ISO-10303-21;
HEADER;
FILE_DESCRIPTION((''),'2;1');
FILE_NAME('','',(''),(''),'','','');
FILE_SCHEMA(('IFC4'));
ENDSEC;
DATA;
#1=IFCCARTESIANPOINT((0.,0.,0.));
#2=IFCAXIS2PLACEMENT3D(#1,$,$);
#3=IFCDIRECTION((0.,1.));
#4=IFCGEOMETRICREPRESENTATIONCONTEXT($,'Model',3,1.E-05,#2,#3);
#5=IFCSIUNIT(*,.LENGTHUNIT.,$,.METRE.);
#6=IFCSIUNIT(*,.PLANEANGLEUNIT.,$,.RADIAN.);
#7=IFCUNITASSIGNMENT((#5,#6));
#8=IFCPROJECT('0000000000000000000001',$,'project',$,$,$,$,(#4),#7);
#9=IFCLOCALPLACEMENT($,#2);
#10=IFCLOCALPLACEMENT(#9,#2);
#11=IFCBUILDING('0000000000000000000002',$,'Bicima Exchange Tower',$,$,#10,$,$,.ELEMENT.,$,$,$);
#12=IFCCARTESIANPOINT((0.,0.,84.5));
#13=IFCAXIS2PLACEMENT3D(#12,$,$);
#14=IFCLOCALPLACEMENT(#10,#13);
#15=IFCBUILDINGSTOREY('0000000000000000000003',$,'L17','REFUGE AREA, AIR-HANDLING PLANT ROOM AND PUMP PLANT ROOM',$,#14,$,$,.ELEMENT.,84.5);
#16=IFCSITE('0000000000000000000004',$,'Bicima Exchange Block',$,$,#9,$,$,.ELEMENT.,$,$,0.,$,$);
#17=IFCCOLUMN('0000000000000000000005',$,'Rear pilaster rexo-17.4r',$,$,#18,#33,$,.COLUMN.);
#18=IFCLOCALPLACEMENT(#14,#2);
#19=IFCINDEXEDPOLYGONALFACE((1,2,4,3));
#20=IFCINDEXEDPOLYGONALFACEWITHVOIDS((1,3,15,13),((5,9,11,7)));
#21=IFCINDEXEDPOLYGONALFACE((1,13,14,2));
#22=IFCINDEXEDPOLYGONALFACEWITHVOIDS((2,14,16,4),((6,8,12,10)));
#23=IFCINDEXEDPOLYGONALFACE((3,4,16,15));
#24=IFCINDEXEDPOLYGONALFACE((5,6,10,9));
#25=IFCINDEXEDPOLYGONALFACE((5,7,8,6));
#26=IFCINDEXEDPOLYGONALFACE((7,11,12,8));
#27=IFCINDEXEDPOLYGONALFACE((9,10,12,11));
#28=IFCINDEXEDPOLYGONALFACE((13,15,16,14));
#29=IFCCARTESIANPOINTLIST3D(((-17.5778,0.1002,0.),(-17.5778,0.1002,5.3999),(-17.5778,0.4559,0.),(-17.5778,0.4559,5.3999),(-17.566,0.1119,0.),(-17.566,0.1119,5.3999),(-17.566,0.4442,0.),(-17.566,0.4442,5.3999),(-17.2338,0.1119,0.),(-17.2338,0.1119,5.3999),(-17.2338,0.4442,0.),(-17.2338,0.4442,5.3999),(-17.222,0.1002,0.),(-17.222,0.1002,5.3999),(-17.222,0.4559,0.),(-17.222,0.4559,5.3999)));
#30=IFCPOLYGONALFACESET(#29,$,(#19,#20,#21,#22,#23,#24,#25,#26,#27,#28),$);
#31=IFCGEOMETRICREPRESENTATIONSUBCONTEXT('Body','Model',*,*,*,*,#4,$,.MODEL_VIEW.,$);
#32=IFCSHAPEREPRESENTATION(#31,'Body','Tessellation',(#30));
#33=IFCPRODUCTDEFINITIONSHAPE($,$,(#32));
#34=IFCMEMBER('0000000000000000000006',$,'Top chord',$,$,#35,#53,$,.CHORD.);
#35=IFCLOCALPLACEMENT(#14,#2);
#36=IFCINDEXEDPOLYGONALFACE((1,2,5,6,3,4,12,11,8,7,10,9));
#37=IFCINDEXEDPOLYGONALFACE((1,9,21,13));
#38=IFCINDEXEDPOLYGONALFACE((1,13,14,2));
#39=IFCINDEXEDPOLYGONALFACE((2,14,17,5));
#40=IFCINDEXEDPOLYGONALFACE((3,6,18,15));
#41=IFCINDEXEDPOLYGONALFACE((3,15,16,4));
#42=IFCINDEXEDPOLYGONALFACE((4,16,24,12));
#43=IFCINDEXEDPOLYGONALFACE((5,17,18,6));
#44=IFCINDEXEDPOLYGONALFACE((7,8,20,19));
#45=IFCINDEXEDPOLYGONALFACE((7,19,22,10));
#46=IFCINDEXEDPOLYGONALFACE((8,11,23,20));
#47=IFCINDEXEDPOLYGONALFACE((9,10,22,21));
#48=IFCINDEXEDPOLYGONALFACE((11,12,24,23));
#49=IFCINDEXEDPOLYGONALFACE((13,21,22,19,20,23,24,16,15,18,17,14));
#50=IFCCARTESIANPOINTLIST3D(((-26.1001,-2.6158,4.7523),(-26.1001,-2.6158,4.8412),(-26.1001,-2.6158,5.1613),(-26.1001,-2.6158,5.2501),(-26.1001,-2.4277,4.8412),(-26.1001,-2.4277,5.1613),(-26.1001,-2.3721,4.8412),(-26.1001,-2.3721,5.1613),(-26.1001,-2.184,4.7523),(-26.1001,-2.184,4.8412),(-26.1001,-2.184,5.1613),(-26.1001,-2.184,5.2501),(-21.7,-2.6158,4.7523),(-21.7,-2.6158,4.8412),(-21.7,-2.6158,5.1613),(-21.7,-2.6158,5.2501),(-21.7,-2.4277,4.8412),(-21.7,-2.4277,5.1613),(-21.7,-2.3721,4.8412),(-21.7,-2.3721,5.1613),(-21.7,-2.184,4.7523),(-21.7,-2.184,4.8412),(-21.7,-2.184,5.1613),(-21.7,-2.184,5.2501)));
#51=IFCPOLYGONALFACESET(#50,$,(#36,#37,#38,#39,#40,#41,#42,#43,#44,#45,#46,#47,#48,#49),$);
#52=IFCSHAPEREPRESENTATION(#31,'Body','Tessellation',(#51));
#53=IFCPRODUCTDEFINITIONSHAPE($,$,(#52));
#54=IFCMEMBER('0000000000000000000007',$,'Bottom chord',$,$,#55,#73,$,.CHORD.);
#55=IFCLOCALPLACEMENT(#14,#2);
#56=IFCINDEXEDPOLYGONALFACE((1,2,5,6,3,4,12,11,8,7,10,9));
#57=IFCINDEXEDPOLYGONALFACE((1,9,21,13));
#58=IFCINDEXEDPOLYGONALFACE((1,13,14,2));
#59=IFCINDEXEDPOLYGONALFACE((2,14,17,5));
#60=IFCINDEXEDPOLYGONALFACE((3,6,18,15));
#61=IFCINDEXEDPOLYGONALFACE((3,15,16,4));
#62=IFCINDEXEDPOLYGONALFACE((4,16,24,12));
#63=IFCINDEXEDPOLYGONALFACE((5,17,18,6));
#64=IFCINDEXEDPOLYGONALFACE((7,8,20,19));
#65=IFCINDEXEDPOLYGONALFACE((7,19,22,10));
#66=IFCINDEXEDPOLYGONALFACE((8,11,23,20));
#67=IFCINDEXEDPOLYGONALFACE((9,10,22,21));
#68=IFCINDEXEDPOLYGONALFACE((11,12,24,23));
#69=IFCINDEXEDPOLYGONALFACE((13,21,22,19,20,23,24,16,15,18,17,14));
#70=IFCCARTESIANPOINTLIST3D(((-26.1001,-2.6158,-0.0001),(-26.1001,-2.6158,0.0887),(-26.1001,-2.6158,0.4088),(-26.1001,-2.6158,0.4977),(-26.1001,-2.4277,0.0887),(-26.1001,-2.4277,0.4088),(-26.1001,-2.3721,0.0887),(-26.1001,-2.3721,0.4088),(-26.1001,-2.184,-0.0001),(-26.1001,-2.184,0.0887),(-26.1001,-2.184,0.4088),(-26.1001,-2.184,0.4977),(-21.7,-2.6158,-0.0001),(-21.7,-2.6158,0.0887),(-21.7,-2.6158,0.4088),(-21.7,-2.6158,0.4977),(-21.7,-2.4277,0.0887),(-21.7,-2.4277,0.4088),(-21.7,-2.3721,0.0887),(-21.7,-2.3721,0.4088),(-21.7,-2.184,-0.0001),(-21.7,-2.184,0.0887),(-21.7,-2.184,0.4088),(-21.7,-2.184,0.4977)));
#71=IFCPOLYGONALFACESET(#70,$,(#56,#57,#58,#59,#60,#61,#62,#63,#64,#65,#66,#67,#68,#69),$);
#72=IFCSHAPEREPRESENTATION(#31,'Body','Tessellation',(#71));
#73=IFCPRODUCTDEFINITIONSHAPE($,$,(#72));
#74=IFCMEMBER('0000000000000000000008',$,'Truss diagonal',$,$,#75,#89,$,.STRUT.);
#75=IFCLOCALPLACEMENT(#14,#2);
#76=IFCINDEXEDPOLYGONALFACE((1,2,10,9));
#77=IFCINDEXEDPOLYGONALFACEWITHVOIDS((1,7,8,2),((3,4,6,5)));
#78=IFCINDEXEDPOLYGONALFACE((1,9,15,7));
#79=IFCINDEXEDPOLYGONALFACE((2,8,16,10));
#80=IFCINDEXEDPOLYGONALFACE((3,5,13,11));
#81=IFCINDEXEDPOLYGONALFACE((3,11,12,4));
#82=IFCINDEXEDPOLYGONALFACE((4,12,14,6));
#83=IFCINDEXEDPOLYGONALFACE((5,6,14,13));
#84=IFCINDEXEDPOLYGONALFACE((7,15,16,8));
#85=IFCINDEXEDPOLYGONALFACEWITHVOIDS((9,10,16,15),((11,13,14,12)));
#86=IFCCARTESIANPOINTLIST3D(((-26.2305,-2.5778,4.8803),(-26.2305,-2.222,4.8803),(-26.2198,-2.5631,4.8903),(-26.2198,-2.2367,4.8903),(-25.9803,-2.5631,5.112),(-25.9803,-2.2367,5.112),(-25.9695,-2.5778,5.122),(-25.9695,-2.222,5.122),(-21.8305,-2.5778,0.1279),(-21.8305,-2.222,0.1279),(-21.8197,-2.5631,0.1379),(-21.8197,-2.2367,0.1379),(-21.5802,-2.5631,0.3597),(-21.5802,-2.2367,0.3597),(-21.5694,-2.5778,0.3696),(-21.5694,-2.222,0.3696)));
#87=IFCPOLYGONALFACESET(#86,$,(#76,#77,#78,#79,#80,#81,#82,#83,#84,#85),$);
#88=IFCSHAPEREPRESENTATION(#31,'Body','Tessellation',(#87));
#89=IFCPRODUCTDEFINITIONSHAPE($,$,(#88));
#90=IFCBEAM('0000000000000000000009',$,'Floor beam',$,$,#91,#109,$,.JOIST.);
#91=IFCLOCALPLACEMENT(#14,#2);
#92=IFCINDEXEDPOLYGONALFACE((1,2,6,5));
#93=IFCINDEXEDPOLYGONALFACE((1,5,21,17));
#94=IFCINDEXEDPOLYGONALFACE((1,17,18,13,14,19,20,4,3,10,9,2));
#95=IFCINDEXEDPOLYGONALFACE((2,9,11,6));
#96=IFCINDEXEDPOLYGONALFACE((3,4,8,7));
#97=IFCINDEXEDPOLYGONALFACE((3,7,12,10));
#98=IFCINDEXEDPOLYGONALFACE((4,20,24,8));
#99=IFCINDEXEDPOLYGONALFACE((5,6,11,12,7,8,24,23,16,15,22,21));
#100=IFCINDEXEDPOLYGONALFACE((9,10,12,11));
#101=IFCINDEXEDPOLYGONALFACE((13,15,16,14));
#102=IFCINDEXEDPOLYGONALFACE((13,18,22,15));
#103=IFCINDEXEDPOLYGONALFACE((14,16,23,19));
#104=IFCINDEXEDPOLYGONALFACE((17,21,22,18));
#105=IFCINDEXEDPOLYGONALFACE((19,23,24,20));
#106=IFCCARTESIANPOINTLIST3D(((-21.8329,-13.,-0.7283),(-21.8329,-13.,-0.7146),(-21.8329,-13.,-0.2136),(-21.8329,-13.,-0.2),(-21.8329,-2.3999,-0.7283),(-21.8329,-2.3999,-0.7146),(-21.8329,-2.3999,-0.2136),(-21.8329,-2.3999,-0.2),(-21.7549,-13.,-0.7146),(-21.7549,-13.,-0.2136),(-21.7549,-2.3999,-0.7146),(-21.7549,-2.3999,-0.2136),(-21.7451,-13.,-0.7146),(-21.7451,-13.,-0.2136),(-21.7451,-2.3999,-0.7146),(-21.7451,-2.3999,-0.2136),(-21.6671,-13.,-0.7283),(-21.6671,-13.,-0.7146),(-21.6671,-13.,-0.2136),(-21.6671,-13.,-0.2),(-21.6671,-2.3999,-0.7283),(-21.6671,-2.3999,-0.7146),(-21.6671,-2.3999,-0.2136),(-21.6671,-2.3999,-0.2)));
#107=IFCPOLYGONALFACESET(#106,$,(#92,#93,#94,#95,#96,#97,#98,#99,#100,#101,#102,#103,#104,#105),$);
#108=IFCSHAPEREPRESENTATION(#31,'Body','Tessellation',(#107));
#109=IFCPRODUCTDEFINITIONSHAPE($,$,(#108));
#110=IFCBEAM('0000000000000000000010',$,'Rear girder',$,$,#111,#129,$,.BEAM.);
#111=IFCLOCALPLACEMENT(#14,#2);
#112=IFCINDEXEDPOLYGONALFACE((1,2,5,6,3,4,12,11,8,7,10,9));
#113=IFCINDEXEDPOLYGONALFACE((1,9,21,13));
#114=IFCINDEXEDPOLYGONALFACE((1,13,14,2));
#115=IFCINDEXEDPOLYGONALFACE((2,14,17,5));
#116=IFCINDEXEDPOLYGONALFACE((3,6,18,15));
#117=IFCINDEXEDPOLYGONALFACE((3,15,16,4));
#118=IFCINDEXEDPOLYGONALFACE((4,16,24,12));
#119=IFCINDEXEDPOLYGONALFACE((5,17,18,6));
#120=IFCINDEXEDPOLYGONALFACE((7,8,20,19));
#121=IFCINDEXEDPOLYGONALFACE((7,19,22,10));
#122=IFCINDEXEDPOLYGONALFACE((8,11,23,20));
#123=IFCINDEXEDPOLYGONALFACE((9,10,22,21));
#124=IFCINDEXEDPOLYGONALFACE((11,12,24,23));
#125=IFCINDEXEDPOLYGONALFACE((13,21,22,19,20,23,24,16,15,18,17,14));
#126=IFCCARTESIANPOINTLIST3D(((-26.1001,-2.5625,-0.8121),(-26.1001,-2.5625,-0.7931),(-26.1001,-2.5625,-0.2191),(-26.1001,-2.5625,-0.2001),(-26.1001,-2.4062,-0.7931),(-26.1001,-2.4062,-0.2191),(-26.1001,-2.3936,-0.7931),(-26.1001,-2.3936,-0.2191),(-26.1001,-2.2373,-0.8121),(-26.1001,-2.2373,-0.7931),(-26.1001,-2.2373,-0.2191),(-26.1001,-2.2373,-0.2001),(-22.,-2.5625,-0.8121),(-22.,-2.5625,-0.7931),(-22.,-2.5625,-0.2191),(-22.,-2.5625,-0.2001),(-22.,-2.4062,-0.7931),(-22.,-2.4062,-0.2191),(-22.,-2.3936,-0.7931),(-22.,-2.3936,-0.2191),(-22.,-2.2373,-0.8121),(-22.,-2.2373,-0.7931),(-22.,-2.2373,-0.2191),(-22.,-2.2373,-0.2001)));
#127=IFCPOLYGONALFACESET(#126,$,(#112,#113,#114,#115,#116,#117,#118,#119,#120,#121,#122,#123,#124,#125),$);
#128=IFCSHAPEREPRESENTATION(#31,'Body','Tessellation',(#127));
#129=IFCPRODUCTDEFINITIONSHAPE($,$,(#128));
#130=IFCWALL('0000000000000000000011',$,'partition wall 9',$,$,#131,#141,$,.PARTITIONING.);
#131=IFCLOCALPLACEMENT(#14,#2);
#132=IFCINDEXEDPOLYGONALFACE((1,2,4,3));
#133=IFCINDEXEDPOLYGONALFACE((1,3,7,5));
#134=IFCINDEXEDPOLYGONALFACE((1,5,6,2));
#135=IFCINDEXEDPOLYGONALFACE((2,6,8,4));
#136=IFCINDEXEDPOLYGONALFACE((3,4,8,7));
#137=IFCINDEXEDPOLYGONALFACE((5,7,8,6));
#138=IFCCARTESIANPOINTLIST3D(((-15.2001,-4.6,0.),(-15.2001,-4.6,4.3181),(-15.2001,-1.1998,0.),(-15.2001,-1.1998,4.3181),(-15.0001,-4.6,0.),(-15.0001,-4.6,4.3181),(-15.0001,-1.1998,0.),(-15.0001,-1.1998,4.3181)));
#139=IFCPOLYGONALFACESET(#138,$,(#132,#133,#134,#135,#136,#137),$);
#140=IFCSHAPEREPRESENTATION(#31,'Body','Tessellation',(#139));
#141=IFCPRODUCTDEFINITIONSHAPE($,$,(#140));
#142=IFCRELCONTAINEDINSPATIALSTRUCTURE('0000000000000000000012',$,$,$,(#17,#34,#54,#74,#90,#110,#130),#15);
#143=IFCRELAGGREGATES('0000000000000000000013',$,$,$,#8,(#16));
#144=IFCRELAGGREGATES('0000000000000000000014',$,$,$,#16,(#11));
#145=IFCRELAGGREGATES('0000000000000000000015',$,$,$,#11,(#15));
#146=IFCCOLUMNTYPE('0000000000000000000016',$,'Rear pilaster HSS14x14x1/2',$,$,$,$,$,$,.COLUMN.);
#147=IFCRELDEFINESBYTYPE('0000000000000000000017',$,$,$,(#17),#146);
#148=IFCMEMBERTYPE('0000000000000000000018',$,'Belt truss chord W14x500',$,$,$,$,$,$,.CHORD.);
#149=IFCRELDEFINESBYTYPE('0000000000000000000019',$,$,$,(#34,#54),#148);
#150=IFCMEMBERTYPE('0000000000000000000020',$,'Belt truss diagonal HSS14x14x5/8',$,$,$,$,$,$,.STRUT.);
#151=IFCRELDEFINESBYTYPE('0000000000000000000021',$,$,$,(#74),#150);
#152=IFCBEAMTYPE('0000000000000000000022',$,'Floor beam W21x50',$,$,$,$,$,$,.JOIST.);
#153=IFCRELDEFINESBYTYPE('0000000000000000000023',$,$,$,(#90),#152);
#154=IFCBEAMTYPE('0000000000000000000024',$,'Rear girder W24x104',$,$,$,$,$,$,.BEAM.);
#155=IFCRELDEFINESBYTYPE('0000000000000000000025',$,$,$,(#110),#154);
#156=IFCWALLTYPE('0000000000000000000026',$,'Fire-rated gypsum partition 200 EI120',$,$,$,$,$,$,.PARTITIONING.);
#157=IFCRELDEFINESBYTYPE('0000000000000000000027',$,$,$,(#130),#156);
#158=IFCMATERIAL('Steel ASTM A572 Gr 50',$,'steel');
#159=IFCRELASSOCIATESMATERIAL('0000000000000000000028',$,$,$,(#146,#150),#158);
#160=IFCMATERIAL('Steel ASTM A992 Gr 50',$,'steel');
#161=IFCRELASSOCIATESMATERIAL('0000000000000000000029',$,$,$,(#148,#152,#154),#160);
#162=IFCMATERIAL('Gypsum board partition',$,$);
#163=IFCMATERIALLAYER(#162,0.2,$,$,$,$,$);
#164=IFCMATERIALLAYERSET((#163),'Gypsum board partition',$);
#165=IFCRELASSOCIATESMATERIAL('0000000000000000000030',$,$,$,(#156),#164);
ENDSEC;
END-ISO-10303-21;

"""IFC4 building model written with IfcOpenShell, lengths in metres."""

from ifc_helpers import new_model, si_unit, direction, frame, frame_2d, origin, origin_2d, place, context, subcontext, project, spatial, rectangle, hollow_rectangle, i_section, extrude, material, layer, layer_set, material_profile, profile_set, type_object, element, save


model = new_model("IFC4")

# Units and contexts
model_context = context("Model", 3, precision=1e-05, world=origin(), true_north=direction((0.0, 1.0)))
body_context = subcontext(model_context, "Body", "Model", "MODEL_VIEW")
ifc_project = project(units=[si_unit("LENGTHUNIT", "METRE"), si_unit("PLANEANGLEUNIT", "RADIAN")], contexts=[model_context])

# Site, building, storey
site_placement = place(None, origin())
site = spatial("IfcSite", under=ifc_project, at=site_placement, Name="Bicima Exchange Block", CompositionType="ELEMENT", RefElevation=0.0)
building_placement = place(site_placement, origin())
building = spatial("IfcBuilding", under=site, at=building_placement, Name="Bicima Exchange Tower", CompositionType="ELEMENT")
storey_placement = place(building_placement, frame((0.0, 0.0, 84.5)))
storey = spatial("IfcBuildingStorey", under=building, at=storey_placement, Name="L17", Description="REFUGE AREA, AIR-HANDLING PLANT ROOM AND PUMP PLANT ROOM", CompositionType="ELEMENT", Elevation=84.5)

# Column
ifc_material_1 = material(Name="Steel ASTM A572 Gr 50", Category="steel")
ifc_material_profile_1 = material_profile(ifc_material_1, hollow_rectangle(XDim=0.3557, YDim=0.3557, WallThickness=0.0117, at=origin_2d()))
ifc_profile_set_1 = profile_set([ifc_material_profile_1], Name="Steel ASTM A572 Gr 50")
column_type = type_object("IfcColumnType", Name="Rear pilaster HSS14x14x1/2", PredefinedType="COLUMN", material=ifc_profile_set_1)
column_placement = place(storey_placement, frame((-17.3999, 0.2781, 0.0), z_axis=(0.0, 0.0, 1.0), x_axis=(1.0, 0.0, 0.0)))
element("IfcColumn", 1, at=column_placement, inside=storey, type_object=column_type, Name="Rear pilaster rexo-17.4r", PredefinedType="COLUMN", context=body_context, shape_type="SweptSolid", body=[
    extrude(hollow_rectangle(XDim=0.3557, YDim=0.3557, WallThickness=0.0117, at=origin_2d()), origin(), (0.0, 0.0, 1.0), 5.3999),
])

# Members
ifc_material_2 = material(Name="Steel ASTM A992 Gr 50", Category="steel")
ifc_material_profile_2 = material_profile(ifc_material_2, i_section(OverallWidth=0.4319, OverallDepth=0.4978, WebThickness=0.0557, FlangeThickness=0.0889, at=origin_2d()))
ifc_profile_set_2 = profile_set([ifc_material_profile_2], Name="Steel ASTM A992 Gr 50")
member_type_1 = type_object("IfcMemberType", Name="Belt truss chord W14x500", PredefinedType="CHORD", material=ifc_profile_set_2)
for number, where, z_axis, x_axis, name in (
    (2, (-21.7, -2.3999, 5.0012), (-1.0, 0.0, 0.0), (0.0, -1.0, 0.0), "Top chord"),
    (3, (-21.7, -2.3999, 0.2488), (-1.0, 0.0, 0.0), (0.0, -1.0, 0.0), "Bottom chord"),
):
    element("IfcMember", number, at=place(storey_placement, frame(where, z_axis=z_axis, x_axis=x_axis)), inside=storey, type_object=member_type_1, Name=name, PredefinedType="CHORD", context=body_context, shape_type="SweptSolid", body=[
        extrude(i_section(OverallWidth=0.4319, OverallDepth=0.4978, WebThickness=0.0557, FlangeThickness=0.0889, at=origin_2d()), origin(), (0.0, 0.0, 1.0), 4.4001),
    ])
ifc_material_profile_3 = material_profile(ifc_material_1, hollow_rectangle(XDim=0.3557, YDim=0.3557, WallThickness=0.0146, at=origin_2d()))
ifc_profile_set_3 = profile_set([ifc_material_profile_3], Name="Steel ASTM A572 Gr 50")
member_type_2 = type_object("IfcMemberType", Name="Belt truss diagonal HSS14x14x5/8", PredefinedType="STRUT", material=ifc_profile_set_3)
member_placement = place(storey_placement, frame((-21.7, -2.3999, 0.2488), z_axis=(-0.679386, 0.0, 0.733781), x_axis=(0.0, -1.0, 0.0)))
element("IfcMember", 4, at=member_placement, inside=storey, type_object=member_type_2, Name="Truss diagonal", PredefinedType="STRUT", context=body_context, shape_type="SweptSolid", body=[
    extrude(hollow_rectangle(XDim=0.3557, YDim=0.3557, WallThickness=0.0146, at=origin_2d()), origin(), (0.0, 0.0, 1.0), 6.4766),
])

# Beams
ifc_material_profile_4 = material_profile(ifc_material_2, i_section(OverallWidth=0.1658, OverallDepth=0.5283, WebThickness=0.0098, FlangeThickness=0.0137, at=origin_2d()))
ifc_profile_set_4 = profile_set([ifc_material_profile_4], Name="Steel ASTM A992 Gr 50")
beam_type_1 = type_object("IfcBeamType", Name="Floor beam W21x50", PredefinedType="JOIST", material=ifc_profile_set_4)
beam_1_placement = place(storey_placement, frame((-21.75, -2.3999, -0.4641), z_axis=(0.0, -1.0, 0.0), x_axis=(1.0, 0.0, 0.0)))
element("IfcBeam", 5, at=beam_1_placement, inside=storey, type_object=beam_type_1, Name="Floor beam", PredefinedType="JOIST", context=body_context, shape_type="SweptSolid", body=[
    extrude(i_section(OverallWidth=0.1658, OverallDepth=0.5283, WebThickness=0.0098, FlangeThickness=0.0137, at=origin_2d()), origin(), (0.0, 0.0, 1.0), 10.6001),
])
ifc_material_profile_5 = material_profile(ifc_material_2, i_section(OverallWidth=0.3252, OverallDepth=0.6121, WebThickness=0.0127, FlangeThickness=0.019, at=origin_2d()))
ifc_profile_set_5 = profile_set([ifc_material_profile_5], Name="Steel ASTM A992 Gr 50")
beam_type_2 = type_object("IfcBeamType", Name="Rear girder W24x104", PredefinedType="BEAM", material=ifc_profile_set_5)
beam_2_placement = place(storey_placement, frame((-22.0, -2.3999, -0.5061), z_axis=(-1.0, 0.0, 0.0), x_axis=(0.0, -1.0, 0.0)))
element("IfcBeam", 6, at=beam_2_placement, inside=storey, type_object=beam_type_2, Name="Rear girder", PredefinedType="BEAM", context=body_context, shape_type="SweptSolid", body=[
    extrude(i_section(OverallWidth=0.3252, OverallDepth=0.6121, WebThickness=0.0127, FlangeThickness=0.019, at=origin_2d()), origin(), (0.0, 0.0, 1.0), 4.1001),
])

# Wall
ifc_material_3 = material(Name="Gypsum board partition")
ifc_layer_1 = layer(ifc_material_3, 0.2)
ifc_layer_set_1 = layer_set([ifc_layer_1], Name="Gypsum board partition")
wall_type_1 = type_object("IfcWallType", Name="Fire-rated gypsum partition 200 EI120", PredefinedType="PARTITIONING", material=ifc_layer_set_1)
wall_1_placement = place(storey_placement, frame((-15.1001, -4.6001, 0.0), z_axis=(0.0, 0.0, 1.0), x_axis=(0.0, 1.0, 0.0)))
element("IfcWall", 7, at=wall_1_placement, inside=storey, type_object=wall_type_1, Name="partition wall 9", PredefinedType="PARTITIONING", context=body_context, shape_type="SweptSolid", body=[
    extrude(rectangle(XDim=3.4001, YDim=0.2, at=frame_2d((1.7002, 0.0))), origin(), (0.0, 0.0, 1.0), 4.3181),
])

save(model, "model.ifc")
